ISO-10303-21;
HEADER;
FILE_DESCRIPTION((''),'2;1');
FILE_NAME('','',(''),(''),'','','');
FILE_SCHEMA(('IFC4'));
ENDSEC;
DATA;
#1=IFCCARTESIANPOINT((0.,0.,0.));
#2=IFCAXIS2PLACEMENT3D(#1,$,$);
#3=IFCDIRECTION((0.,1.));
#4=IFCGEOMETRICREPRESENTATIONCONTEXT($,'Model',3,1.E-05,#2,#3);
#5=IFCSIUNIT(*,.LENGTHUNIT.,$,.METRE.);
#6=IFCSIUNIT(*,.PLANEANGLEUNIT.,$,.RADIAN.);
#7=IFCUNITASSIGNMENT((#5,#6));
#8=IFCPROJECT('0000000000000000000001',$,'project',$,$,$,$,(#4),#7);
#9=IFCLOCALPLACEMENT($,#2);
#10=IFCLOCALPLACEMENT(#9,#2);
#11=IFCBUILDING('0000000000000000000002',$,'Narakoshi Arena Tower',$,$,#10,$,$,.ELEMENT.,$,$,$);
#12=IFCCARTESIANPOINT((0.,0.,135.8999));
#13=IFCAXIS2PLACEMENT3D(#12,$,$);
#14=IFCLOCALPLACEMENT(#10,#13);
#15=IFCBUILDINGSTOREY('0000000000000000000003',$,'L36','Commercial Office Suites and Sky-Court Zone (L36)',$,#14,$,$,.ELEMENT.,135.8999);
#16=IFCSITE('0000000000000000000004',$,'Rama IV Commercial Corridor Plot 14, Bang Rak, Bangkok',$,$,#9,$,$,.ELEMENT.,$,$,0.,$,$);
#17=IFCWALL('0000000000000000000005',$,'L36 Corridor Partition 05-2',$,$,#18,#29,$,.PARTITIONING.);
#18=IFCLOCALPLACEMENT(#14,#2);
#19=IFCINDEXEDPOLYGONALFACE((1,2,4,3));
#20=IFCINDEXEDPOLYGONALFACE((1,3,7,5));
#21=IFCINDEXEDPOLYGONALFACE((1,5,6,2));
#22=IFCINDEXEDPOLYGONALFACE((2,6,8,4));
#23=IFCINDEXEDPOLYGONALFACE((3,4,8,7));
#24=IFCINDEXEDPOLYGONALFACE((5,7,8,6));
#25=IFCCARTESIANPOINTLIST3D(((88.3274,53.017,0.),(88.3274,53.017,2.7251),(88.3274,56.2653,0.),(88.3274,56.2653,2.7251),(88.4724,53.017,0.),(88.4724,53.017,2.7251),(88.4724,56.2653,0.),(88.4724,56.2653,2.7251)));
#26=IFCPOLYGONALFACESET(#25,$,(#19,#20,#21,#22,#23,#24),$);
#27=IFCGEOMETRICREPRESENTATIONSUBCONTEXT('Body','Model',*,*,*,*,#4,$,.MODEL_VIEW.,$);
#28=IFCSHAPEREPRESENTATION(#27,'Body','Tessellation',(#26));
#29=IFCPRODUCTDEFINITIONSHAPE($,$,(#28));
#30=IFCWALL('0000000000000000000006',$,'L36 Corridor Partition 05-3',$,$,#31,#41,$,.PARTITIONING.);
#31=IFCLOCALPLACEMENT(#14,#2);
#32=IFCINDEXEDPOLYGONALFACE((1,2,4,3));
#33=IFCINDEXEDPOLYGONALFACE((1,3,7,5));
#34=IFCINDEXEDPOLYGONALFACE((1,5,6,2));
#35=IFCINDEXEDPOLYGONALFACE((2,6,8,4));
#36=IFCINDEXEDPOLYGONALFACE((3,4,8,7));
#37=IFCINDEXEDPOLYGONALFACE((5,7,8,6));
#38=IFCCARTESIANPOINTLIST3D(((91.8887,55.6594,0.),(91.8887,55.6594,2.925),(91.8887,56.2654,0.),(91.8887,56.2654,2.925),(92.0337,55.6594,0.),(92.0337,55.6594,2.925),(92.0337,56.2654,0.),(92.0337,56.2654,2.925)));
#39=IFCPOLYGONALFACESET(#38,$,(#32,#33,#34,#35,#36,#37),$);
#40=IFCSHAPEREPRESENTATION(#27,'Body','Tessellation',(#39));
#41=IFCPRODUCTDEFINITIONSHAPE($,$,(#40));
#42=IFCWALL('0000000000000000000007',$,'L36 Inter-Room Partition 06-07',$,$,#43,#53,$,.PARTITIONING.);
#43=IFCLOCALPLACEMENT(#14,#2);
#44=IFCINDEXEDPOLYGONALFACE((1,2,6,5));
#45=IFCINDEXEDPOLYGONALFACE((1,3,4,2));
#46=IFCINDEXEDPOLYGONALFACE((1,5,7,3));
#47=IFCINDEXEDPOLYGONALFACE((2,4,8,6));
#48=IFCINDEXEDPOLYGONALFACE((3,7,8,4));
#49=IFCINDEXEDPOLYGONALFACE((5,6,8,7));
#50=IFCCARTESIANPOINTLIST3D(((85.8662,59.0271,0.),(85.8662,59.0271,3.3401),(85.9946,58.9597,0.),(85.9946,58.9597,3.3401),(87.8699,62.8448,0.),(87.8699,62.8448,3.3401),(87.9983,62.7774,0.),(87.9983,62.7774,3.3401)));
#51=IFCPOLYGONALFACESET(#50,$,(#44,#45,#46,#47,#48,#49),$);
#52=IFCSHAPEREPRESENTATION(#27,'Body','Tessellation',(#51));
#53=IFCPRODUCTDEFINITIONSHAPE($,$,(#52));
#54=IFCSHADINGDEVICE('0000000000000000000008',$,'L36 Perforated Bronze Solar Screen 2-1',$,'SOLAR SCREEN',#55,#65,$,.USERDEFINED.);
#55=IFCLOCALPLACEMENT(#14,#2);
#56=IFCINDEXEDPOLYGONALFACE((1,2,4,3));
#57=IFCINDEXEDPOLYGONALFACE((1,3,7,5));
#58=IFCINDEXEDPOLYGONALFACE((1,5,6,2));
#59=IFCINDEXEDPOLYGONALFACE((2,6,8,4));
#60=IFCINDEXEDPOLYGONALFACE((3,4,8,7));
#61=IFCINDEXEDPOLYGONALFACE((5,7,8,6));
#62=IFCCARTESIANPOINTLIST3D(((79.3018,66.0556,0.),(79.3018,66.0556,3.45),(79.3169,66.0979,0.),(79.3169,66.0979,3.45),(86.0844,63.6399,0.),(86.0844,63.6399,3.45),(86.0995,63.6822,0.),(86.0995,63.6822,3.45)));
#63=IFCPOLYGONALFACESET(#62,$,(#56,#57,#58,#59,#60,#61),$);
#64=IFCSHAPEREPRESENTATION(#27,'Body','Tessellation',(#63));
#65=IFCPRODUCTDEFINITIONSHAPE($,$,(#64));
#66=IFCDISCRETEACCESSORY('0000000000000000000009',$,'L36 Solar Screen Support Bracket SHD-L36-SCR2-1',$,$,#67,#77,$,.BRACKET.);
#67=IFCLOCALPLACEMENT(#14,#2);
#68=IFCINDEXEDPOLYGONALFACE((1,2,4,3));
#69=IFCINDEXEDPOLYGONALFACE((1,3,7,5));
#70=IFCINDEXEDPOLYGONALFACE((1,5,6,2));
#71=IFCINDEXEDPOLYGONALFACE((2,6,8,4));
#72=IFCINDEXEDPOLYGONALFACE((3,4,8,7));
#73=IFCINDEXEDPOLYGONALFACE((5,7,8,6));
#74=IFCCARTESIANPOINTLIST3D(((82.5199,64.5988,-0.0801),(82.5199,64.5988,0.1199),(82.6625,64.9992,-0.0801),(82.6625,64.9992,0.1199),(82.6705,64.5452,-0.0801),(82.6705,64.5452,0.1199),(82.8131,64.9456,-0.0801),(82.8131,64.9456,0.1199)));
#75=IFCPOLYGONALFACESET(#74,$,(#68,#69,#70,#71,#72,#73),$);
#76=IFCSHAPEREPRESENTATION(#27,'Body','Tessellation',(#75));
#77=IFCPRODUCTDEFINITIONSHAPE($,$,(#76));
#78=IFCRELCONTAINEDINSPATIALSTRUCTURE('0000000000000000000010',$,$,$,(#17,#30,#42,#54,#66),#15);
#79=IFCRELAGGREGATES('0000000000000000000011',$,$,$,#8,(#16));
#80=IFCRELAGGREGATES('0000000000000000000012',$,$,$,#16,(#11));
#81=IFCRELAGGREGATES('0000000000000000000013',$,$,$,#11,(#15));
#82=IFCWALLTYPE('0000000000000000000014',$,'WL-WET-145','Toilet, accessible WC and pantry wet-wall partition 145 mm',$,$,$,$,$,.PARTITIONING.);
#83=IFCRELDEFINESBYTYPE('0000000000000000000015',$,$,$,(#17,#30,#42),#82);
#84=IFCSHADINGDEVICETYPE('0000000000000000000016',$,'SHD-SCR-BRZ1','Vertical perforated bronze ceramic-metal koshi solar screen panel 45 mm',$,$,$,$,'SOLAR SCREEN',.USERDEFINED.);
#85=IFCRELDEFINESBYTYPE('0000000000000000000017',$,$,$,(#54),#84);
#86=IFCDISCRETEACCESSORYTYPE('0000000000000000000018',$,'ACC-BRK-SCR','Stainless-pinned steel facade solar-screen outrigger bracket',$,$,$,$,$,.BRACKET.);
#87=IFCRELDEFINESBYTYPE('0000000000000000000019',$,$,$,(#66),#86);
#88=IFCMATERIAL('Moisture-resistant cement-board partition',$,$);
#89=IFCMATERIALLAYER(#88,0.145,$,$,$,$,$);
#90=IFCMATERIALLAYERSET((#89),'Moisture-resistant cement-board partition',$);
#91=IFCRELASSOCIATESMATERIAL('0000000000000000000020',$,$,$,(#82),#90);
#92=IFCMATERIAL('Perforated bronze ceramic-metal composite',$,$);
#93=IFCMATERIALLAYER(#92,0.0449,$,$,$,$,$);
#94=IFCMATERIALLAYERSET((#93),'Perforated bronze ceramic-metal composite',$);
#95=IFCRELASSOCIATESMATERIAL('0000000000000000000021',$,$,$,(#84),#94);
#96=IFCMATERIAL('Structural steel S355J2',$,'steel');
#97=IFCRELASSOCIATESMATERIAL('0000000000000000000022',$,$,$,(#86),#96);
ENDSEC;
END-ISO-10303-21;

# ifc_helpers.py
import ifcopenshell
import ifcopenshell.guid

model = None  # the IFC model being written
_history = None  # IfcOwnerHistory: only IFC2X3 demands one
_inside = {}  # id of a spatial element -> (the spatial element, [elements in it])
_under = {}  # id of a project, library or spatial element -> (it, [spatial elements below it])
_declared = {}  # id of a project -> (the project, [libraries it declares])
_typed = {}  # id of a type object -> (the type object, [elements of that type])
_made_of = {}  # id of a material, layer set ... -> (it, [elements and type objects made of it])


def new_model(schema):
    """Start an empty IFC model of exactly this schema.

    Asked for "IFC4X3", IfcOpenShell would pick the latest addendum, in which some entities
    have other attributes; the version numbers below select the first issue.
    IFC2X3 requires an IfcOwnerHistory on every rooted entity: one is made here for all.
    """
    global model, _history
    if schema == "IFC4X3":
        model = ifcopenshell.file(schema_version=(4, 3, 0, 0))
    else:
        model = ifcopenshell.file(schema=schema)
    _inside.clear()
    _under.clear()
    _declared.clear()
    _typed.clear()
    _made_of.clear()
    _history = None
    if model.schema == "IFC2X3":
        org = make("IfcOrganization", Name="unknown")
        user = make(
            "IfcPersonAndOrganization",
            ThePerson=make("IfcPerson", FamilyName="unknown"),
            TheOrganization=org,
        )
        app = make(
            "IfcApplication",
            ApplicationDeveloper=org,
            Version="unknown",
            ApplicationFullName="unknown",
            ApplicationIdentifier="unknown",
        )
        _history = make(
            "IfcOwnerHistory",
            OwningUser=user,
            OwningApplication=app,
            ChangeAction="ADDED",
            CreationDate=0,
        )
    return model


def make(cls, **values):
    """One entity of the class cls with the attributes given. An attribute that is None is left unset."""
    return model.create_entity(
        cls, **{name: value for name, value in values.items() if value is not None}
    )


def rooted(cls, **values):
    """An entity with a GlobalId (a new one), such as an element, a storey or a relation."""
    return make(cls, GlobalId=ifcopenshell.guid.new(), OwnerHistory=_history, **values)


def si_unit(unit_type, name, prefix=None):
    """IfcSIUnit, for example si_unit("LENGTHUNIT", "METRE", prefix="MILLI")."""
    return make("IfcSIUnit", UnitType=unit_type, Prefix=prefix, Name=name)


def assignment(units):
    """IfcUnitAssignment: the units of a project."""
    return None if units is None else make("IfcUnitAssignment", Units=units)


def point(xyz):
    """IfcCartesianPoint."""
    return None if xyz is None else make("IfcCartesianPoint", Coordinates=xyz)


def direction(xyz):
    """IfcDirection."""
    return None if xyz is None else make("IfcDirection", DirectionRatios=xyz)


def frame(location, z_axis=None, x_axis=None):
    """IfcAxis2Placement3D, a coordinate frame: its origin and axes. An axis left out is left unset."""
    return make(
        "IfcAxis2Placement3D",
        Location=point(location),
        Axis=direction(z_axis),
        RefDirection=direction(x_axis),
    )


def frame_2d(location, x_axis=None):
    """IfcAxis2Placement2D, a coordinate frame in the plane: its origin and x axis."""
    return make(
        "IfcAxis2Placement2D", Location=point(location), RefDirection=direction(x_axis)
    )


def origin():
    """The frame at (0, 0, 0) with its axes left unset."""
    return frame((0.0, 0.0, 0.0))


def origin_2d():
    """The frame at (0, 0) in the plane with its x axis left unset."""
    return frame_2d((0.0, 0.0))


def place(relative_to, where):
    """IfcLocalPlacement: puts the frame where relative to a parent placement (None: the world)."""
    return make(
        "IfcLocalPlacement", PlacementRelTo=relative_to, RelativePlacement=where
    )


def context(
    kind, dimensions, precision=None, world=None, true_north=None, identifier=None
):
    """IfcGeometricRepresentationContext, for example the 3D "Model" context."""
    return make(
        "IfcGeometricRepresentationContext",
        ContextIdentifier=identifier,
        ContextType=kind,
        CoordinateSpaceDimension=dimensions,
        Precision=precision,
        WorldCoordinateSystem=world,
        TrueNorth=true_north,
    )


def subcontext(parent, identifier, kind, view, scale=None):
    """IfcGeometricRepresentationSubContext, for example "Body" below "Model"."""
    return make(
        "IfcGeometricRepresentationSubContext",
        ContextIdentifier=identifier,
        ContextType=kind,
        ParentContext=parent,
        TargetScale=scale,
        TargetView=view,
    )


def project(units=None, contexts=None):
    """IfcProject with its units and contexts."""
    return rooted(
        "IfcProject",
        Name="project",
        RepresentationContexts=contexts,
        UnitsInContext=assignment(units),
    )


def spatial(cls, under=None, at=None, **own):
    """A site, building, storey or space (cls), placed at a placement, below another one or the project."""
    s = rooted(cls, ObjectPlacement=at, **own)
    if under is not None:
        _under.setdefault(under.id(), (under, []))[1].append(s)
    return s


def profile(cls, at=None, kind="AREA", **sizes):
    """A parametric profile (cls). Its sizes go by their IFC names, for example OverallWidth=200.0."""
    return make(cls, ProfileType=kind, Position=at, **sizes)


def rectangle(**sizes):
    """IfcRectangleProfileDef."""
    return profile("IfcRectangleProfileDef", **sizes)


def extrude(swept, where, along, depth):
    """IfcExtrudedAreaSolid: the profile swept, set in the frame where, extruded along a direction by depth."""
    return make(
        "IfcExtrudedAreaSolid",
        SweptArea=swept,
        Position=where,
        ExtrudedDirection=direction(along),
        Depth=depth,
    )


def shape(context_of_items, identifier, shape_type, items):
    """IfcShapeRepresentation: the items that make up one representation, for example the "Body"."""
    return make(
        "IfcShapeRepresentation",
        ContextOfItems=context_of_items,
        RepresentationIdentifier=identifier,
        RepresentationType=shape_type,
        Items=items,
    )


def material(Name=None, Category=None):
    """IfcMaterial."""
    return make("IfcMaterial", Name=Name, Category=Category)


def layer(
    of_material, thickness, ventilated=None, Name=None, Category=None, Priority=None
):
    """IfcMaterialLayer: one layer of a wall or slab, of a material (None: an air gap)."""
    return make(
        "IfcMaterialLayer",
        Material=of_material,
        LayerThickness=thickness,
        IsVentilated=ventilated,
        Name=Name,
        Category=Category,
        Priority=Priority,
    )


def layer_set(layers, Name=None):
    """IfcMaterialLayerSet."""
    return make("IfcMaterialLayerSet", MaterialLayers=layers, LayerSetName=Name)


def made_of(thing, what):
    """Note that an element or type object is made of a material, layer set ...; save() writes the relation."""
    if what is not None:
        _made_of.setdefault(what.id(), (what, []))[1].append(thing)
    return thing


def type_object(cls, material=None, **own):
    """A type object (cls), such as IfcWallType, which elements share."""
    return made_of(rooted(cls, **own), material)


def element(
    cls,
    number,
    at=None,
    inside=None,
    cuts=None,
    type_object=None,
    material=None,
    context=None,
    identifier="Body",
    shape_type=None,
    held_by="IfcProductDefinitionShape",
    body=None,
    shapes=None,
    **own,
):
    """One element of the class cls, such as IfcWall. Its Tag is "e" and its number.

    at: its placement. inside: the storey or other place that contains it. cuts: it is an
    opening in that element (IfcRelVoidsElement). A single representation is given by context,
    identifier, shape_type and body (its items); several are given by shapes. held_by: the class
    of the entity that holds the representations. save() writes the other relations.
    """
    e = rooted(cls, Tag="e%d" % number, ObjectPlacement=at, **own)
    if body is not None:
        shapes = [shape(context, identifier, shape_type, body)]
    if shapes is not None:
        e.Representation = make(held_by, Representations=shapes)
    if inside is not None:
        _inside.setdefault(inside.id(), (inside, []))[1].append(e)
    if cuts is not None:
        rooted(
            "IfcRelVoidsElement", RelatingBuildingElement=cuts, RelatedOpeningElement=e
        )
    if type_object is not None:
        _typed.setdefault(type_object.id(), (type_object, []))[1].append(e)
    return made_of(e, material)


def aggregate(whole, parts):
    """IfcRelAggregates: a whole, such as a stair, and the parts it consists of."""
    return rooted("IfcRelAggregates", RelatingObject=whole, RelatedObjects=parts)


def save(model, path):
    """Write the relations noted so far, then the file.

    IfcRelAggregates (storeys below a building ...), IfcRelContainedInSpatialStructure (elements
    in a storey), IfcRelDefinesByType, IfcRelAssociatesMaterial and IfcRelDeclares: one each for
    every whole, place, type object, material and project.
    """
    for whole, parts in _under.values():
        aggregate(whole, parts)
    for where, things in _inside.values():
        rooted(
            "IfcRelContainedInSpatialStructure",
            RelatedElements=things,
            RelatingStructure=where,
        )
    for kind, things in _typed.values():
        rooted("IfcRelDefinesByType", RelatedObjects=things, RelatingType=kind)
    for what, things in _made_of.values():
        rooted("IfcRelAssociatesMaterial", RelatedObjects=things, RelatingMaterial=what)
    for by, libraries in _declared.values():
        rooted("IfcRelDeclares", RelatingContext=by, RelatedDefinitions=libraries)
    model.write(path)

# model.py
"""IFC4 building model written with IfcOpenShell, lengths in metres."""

from ifc_helpers import new_model, si_unit, direction, frame, frame_2d, origin, origin_2d, place, context, subcontext, project, spatial, rectangle, extrude, material, layer, layer_set, type_object, element, save


model = new_model("IFC4")

# Units and contexts
model_context = context("Model", 3, precision=1e-05, world=origin(), true_north=direction((0.0, 1.0)))
body_context = subcontext(model_context, "Body", "Model", "MODEL_VIEW")
ifc_project = project(units=[si_unit("LENGTHUNIT", "METRE"), si_unit("PLANEANGLEUNIT", "RADIAN")], contexts=[model_context])

# Site, building, storey
site_placement = place(None, origin())
site = spatial("IfcSite", under=ifc_project, at=site_placement, Name="Rama IV Commercial Corridor Plot 14, Bang Rak, Bangkok", CompositionType="ELEMENT", RefElevation=0.0)
building_placement = place(site_placement, origin())
building = spatial("IfcBuilding", under=site, at=building_placement, Name="Narakoshi Arena Tower", CompositionType="ELEMENT")
storey_placement = place(building_placement, frame((0.0, 0.0, 135.8999)))
storey = spatial("IfcBuildingStorey", under=building, at=storey_placement, Name="L36", Description="Commercial Office Suites and Sky-Court Zone (L36)", CompositionType="ELEMENT", Elevation=135.8999)

# Shared definitions
ifc_material_1 = material(Name="Structural steel S355J2", Category="steel")

# Shared definitions
ifc_material_2 = material(Name="Moisture-resistant cement-board partition")
ifc_layer_1 = layer(ifc_material_2, 0.145)
ifc_layer_set_1 = layer_set([ifc_layer_1], Name="Moisture-resistant cement-board partition")
wall_type_1 = type_object("IfcWallType", Name="WL-WET-145", Description="Toilet, accessible WC and pantry wet-wall partition 145 mm", PredefinedType="PARTITIONING", material=ifc_layer_set_1)

# Walls
wall_1_placement = place(storey_placement, frame((88.3999, 53.0171, 0.0), z_axis=(0.0, 0.0, 1.0), x_axis=(0.0, 1.0, 0.0)))
element("IfcWall", 1, at=wall_1_placement, inside=storey, type_object=wall_type_1, Name="L36 Corridor Partition 05-2", PredefinedType="PARTITIONING", context=body_context, shape_type="SweptSolid", body=[
    extrude(rectangle(XDim=3.2483, YDim=0.145, at=frame_2d((1.624, 0.0))), origin(), (0.0, 0.0, 1.0), 2.7251),
])
wall_2_placement = place(storey_placement, frame((91.9612, 56.2654, 0.0), z_axis=(0.0, 0.0, 1.0), x_axis=(0.0, -1.0, 0.0)))
element("IfcWall", 2, at=wall_2_placement, inside=storey, type_object=wall_type_1, Name="L36 Corridor Partition 05-3", PredefinedType="PARTITIONING", context=body_context, shape_type="SweptSolid", body=[
    extrude(rectangle(XDim=0.606, YDim=0.145, at=frame_2d((0.303, 0.0))), origin(), (0.0, 0.0, 1.0), 2.925),
])
wall_3_placement = place(storey_placement, frame((85.9304, 58.9934, 0.0), z_axis=(0.0, 0.0, 1.0), x_axis=(0.464726, 0.885454, 0.0)))
element("IfcWall", 3, at=wall_3_placement, inside=storey, type_object=wall_type_1, Name="L36 Inter-Room Partition 06-07", PredefinedType="PARTITIONING", context=body_context, shape_type="SweptSolid", body=[
    extrude(rectangle(XDim=4.3115, YDim=0.145, at=frame_2d((2.1558, 0.0))), origin(), (0.0, 0.0, 1.0), 3.3401),
])

# Shading device
ifc_material_3 = material(Name="Perforated bronze ceramic-metal composite")
ifc_layer_2 = layer(ifc_material_3, 0.0449)
ifc_layer_set_2 = layer_set([ifc_layer_2], Name="Perforated bronze ceramic-metal composite")
shading_device_type = type_object("IfcShadingDeviceType", Name="SHD-SCR-BRZ1", Description="Vertical perforated bronze ceramic-metal koshi solar screen panel 45 mm", ElementType="SOLAR SCREEN", PredefinedType="USERDEFINED", material=ifc_layer_set_2)
shading_device_placement = place(storey_placement, frame((82.7007, 64.8689, 0.0), z_axis=(0.0, 0.0, 1.0), x_axis=(-0.942034, 0.335517, 0.0)))
element("IfcShadingDevice", 4, at=shading_device_placement, inside=storey, type_object=shading_device_type, Name="L36 Perforated Bronze Solar Screen 2-1", ObjectType="SOLAR SCREEN", PredefinedType="USERDEFINED", context=body_context, shape_type="SweptSolid", body=[
    extrude(rectangle(XDim=7.2, YDim=0.0449, at=origin_2d()), origin(), (0.0, 0.0, 1.0), 3.45),
])

# Discrete accessory
discrete_accessory_type = type_object("IfcDiscreteAccessoryType", Name="ACC-BRK-SCR", Description="Stainless-pinned steel facade solar-screen outrigger bracket", PredefinedType="BRACKET", material=ifc_material_1)
discrete_accessory_placement = place(storey_placement, frame((82.6665, 64.7722, -0.0801), z_axis=(0.0, 0.0, 1.0), x_axis=(-0.942034, 0.335517, 0.0)))
element("IfcDiscreteAccessory", 5, at=discrete_accessory_placement, inside=storey, type_object=discrete_accessory_type, Name="L36 Solar Screen Support Bracket SHD-L36-SCR2-1", PredefinedType="BRACKET", context=body_context, shape_type="SweptSolid", body=[
    extrude(rectangle(XDim=0.1599, YDim=0.425, at=origin_2d()), origin(), (0.0, 0.0, 1.0), 0.2),
])

save(model, "model.ifc")
